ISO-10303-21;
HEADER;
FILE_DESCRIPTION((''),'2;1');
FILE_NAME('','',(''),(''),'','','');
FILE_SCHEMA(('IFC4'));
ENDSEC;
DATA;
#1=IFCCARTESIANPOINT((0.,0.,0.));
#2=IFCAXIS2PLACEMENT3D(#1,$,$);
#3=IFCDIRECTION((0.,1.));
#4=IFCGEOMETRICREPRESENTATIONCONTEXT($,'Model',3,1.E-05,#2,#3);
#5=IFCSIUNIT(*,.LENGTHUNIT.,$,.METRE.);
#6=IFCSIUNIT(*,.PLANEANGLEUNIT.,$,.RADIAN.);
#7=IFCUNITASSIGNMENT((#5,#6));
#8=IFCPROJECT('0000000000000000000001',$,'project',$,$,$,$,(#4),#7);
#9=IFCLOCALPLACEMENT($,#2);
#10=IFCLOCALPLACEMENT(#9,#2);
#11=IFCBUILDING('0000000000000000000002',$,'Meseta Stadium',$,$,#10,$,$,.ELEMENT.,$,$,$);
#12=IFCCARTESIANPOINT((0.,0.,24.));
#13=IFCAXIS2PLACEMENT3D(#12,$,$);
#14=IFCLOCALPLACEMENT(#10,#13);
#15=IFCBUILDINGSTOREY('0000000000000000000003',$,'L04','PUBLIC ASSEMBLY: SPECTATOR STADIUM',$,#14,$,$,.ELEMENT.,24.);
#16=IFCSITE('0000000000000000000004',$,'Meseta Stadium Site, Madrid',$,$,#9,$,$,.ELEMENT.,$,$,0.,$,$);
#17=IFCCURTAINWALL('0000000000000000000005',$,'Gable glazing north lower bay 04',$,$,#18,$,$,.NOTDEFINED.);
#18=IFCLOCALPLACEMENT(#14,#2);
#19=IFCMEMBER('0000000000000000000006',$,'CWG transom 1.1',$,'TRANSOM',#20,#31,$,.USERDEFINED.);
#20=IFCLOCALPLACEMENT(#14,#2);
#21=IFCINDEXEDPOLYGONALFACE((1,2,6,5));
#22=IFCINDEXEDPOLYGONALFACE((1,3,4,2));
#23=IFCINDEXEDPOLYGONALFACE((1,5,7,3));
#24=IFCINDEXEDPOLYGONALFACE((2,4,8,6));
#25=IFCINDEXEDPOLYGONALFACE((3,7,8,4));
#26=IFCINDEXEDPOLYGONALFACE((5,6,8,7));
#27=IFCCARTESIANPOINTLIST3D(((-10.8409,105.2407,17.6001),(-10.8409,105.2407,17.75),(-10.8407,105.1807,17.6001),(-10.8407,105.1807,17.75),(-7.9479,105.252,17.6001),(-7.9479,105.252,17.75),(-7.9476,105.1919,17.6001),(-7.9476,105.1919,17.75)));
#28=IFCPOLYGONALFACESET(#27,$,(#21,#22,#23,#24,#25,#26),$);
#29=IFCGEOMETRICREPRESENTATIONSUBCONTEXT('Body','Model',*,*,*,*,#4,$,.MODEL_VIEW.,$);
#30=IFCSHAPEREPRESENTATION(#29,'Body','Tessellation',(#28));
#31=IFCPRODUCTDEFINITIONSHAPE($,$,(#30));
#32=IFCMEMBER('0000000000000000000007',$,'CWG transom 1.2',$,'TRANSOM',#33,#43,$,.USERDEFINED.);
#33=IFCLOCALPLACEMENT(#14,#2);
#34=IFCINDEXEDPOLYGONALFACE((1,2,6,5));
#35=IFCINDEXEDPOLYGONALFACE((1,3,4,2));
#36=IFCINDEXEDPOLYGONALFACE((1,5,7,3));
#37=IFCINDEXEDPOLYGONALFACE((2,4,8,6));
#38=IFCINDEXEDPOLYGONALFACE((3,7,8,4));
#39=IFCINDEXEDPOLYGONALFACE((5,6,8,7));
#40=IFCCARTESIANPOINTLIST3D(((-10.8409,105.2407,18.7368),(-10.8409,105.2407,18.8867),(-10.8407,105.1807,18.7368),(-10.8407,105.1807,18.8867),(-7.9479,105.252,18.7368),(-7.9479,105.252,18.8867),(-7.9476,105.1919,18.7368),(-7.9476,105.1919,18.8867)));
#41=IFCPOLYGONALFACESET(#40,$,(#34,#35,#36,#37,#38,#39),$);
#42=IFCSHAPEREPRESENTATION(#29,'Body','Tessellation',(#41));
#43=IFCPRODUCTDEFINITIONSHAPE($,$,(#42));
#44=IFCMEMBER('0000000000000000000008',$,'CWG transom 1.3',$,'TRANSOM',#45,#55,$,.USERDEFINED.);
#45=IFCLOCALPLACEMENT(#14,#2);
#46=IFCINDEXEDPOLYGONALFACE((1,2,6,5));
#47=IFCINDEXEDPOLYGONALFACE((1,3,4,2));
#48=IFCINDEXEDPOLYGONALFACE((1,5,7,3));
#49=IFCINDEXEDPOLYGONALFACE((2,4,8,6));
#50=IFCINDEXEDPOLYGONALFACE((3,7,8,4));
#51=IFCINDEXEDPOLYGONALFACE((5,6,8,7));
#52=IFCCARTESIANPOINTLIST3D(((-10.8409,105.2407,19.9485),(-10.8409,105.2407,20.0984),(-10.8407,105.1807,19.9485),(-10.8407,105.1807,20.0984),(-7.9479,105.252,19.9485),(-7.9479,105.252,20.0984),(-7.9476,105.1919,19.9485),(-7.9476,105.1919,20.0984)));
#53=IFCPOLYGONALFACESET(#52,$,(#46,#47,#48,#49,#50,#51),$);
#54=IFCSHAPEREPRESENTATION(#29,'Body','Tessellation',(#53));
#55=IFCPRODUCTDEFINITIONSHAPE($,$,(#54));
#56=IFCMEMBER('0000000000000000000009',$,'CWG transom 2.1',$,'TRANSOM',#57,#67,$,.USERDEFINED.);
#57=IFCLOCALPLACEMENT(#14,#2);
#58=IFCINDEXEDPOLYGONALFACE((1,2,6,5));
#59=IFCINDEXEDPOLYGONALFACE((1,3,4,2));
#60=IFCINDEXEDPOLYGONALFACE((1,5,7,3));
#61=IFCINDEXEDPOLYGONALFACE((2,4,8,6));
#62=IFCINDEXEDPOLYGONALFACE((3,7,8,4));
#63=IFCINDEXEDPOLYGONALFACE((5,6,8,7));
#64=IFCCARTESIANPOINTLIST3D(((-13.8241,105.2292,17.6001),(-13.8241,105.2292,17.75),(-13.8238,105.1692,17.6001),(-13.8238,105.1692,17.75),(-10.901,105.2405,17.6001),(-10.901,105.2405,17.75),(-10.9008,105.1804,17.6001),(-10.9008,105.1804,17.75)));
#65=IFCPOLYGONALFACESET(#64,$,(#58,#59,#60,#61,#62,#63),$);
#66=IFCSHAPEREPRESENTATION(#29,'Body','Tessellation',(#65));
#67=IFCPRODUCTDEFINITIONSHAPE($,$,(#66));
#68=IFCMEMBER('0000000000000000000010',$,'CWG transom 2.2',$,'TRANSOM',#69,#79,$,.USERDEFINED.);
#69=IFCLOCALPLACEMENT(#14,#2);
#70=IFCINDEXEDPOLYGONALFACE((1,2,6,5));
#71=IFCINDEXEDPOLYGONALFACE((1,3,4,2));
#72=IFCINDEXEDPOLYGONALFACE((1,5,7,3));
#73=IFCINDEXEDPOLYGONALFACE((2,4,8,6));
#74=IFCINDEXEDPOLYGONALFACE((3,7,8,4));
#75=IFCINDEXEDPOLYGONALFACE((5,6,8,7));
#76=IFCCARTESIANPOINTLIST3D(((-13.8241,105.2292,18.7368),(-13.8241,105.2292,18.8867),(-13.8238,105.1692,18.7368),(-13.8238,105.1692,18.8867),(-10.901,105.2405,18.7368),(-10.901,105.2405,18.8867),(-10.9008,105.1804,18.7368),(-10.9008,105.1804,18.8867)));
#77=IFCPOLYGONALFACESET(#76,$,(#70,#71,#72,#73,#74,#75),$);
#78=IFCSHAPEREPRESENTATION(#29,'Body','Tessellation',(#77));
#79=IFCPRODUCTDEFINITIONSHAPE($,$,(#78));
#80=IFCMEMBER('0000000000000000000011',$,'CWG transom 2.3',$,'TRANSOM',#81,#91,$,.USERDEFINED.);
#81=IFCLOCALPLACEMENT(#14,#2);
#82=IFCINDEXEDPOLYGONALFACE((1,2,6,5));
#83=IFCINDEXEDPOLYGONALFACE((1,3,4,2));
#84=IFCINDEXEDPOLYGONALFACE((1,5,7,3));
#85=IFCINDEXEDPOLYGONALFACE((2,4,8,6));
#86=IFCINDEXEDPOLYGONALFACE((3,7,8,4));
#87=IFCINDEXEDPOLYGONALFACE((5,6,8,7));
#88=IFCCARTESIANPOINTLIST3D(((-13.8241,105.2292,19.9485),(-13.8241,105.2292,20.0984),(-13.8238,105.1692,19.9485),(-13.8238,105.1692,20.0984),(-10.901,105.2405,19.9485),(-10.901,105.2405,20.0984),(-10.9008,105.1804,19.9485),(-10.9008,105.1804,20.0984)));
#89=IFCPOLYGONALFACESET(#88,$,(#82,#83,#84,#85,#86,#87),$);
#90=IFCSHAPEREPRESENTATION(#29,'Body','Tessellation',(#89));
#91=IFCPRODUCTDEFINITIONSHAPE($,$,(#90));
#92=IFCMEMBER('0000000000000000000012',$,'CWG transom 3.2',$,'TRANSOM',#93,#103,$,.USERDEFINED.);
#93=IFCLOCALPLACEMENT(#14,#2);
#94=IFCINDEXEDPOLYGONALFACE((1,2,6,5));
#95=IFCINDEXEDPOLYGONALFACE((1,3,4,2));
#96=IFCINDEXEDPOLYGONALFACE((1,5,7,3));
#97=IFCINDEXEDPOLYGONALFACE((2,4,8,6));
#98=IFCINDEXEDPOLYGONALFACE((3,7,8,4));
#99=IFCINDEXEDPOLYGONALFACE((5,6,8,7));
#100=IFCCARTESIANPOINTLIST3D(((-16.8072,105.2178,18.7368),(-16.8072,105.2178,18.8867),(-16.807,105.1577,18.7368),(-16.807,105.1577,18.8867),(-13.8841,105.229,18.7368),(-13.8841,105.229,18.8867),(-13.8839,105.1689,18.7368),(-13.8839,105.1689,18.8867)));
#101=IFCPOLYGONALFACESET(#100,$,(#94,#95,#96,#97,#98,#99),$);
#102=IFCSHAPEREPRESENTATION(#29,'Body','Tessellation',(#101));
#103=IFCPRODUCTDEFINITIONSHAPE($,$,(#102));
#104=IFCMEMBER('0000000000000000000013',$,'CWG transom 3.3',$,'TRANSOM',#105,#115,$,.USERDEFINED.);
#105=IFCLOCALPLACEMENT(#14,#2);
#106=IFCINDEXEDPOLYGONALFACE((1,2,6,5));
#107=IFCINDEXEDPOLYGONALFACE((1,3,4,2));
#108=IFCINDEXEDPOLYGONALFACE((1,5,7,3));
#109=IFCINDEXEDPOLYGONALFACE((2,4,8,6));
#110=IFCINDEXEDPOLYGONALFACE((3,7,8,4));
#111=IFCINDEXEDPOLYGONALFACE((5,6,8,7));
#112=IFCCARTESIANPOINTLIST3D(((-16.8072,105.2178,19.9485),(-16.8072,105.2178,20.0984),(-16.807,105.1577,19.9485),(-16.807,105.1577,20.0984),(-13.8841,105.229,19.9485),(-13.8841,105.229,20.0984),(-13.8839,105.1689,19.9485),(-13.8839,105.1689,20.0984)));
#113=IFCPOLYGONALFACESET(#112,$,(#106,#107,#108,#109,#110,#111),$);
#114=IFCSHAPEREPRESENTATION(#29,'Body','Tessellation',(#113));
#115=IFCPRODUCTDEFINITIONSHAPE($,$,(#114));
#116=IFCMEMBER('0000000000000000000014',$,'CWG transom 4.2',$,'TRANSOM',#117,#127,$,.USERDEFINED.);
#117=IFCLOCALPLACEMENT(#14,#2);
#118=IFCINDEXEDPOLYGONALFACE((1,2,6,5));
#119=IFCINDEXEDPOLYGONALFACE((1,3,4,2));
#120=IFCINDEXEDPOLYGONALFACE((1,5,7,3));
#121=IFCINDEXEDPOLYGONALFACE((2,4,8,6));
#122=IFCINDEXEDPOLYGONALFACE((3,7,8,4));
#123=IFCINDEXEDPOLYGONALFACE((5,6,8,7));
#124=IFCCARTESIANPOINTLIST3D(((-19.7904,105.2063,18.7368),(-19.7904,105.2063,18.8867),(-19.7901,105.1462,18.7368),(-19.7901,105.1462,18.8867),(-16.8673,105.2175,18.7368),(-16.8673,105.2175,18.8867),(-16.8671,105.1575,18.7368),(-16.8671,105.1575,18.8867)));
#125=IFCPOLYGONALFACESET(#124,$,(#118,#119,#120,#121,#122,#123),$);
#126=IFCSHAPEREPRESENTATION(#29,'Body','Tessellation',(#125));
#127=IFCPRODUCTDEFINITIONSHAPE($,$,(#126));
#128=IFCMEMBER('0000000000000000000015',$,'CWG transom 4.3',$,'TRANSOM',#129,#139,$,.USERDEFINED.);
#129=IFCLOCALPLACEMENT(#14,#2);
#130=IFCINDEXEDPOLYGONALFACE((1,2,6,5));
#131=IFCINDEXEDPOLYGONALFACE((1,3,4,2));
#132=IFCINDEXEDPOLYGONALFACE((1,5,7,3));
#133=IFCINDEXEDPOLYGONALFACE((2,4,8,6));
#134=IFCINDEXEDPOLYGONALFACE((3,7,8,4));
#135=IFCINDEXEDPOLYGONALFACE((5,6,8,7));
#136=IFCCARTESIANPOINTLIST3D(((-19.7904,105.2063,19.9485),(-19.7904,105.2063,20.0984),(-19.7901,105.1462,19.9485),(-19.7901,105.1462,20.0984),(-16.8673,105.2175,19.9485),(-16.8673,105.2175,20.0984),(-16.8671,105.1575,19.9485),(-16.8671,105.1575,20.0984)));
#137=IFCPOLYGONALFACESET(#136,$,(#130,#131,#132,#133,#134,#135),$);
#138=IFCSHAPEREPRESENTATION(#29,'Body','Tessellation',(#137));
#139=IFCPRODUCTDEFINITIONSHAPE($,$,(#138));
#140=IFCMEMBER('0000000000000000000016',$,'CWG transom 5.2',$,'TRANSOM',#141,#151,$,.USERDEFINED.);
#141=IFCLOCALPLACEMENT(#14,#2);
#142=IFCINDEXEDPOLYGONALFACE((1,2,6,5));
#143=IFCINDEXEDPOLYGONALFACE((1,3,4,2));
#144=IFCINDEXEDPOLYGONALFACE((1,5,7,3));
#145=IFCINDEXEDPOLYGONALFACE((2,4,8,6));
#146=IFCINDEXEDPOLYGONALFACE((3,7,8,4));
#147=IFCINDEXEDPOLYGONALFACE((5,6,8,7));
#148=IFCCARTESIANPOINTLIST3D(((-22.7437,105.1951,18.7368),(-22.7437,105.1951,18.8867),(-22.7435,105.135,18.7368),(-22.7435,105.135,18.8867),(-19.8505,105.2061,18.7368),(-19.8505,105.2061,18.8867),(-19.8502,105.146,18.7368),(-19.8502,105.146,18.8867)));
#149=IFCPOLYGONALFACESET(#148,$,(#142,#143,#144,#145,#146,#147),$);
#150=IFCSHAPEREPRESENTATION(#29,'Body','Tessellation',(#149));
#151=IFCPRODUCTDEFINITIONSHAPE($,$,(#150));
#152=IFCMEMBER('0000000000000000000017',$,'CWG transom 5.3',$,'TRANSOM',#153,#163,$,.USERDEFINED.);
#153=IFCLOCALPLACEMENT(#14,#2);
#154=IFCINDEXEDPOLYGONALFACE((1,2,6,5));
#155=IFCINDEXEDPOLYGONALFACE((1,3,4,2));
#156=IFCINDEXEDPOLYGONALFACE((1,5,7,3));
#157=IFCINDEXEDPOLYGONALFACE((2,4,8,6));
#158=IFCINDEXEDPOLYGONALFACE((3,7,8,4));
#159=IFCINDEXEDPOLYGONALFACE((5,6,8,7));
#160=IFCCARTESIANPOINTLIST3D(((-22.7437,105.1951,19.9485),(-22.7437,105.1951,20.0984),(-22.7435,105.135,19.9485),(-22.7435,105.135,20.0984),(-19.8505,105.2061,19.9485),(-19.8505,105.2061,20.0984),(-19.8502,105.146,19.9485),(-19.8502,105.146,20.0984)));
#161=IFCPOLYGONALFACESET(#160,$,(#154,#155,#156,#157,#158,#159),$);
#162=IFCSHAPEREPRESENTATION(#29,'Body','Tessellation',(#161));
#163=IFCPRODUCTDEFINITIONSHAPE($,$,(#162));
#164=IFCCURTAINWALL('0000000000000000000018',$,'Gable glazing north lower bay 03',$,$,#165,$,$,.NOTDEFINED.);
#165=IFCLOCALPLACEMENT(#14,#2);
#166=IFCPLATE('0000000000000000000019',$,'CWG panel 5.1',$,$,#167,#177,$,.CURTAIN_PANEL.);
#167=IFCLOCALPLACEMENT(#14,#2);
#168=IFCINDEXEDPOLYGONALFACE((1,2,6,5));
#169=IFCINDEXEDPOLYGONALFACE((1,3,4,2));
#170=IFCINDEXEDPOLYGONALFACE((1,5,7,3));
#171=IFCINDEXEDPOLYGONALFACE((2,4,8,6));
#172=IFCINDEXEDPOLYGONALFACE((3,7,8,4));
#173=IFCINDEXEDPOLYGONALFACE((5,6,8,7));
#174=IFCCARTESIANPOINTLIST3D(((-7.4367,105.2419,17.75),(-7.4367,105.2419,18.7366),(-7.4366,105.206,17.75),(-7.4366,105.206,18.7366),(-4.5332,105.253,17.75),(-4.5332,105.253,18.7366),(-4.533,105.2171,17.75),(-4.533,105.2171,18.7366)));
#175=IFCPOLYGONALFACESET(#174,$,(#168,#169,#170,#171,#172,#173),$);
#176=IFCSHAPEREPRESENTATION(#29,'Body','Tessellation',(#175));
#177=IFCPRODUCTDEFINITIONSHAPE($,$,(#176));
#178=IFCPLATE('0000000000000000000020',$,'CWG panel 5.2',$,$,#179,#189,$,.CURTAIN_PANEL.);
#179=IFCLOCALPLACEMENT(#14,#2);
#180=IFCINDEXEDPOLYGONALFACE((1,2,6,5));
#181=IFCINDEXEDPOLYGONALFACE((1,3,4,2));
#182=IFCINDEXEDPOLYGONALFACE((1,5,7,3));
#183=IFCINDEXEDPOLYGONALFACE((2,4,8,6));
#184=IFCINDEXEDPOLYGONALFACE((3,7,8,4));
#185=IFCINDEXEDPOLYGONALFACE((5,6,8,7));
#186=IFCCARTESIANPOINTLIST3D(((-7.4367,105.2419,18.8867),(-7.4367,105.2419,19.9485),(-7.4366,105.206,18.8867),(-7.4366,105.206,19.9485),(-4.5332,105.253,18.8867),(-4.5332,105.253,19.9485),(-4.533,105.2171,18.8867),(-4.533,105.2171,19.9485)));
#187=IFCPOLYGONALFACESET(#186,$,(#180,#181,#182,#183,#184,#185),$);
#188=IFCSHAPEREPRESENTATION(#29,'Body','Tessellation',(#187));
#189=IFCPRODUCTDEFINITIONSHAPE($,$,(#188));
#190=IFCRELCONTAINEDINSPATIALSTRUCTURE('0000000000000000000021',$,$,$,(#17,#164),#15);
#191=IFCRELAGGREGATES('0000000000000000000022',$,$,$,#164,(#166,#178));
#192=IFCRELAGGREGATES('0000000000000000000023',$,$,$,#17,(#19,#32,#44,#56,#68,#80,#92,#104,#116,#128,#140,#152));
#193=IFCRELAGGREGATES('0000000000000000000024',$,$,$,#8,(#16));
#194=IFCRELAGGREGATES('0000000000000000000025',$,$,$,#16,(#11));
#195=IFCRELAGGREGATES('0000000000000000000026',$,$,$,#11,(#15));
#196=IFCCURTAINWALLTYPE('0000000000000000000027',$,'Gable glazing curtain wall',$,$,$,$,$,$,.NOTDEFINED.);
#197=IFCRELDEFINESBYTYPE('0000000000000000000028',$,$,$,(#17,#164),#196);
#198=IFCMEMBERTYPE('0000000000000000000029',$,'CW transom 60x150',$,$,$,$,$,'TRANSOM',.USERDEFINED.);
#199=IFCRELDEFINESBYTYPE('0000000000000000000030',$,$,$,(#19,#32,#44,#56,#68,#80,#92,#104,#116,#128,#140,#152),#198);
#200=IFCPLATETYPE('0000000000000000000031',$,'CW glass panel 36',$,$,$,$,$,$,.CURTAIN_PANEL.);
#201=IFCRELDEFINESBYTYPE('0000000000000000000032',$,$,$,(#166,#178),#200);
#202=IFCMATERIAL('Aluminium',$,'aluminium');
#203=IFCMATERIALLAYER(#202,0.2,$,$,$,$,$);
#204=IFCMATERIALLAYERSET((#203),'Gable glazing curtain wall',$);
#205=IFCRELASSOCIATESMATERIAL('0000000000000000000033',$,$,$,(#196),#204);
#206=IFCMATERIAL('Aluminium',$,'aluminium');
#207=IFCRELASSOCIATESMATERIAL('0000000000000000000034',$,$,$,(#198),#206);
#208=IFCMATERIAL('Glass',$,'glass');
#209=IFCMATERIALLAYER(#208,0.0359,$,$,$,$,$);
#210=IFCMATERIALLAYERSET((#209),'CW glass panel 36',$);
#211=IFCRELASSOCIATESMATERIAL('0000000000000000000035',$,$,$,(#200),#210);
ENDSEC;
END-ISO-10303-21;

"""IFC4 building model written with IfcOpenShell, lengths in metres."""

from ifc_helpers import new_model, si_unit, direction, frame, origin, origin_2d, place, context, subcontext, project, spatial, rectangle, extrude, material, layer, layer_set, material_profile, profile_set, type_object, element, aggregate, save


model = new_model("IFC4")

# Units and contexts
model_context = context("Model", 3, precision=1e-05, world=origin(), true_north=direction((0.0, 1.0)))
body_context = subcontext(model_context, "Body", "Model", "MODEL_VIEW")
ifc_project = project(units=[si_unit("LENGTHUNIT", "METRE"), si_unit("PLANEANGLEUNIT", "RADIAN")], contexts=[model_context])

# Site, building, storey
site_placement = place(None, origin())
site = spatial("IfcSite", under=ifc_project, at=site_placement, Name="Meseta Stadium Site, Madrid", CompositionType="ELEMENT", RefElevation=0.0)
building_placement = place(site_placement, origin())
building = spatial("IfcBuilding", under=site, at=building_placement, Name="Meseta Stadium", CompositionType="ELEMENT")
storey_placement = place(building_placement, frame((0.0, 0.0, 24.0)))
storey = spatial("IfcBuildingStorey", under=building, at=storey_placement, Name="L04", Description="PUBLIC ASSEMBLY: SPECTATOR STADIUM", CompositionType="ELEMENT", Elevation=24.0)

# Curtain wall, members
ifc_material_1 = material(Name="Aluminium", Category="aluminium")
ifc_layer_1 = layer(ifc_material_1, 0.2)
ifc_layer_set_1 = layer_set([ifc_layer_1], Name="Gable glazing curtain wall")
curtain_wall_type = type_object("IfcCurtainWallType", Name="Gable glazing curtain wall", PredefinedType="NOTDEFINED", material=ifc_layer_set_1)
curtain_wall_1_placement = place(storey_placement, origin())
curtain_wall_1 = element("IfcCurtainWall", 1, at=curtain_wall_1_placement, inside=storey, type_object=curtain_wall_type, Name="Gable glazing north lower bay 04", PredefinedType="NOTDEFINED")
ifc_material_2 = material(Name="Aluminium", Category="aluminium")
ifc_material_profile = material_profile(ifc_material_2, rectangle(XDim=0.0601, YDim=0.1499, at=origin_2d()), Name="CW 60x150")
ifc_profile_set = profile_set([ifc_material_profile], Name="Aluminium")
member_type = type_object("IfcMemberType", Name="CW transom 60x150", ElementType="TRANSOM", PredefinedType="USERDEFINED", material=ifc_profile_set)
member_1_placement = place(storey_placement, frame((-7.9478, 105.2219, 17.675), z_axis=(-0.999992, -0.003882, 0.0), x_axis=(0.003882, -0.999992, 0.0)))
member_1 = element("IfcMember", 2, at=member_1_placement, type_object=member_type, Name="CWG transom 1.1", ObjectType="TRANSOM", PredefinedType="USERDEFINED", context=body_context, shape_type="SweptSolid", body=[
    extrude(rectangle(XDim=0.0601, YDim=0.1499, at=origin_2d()), origin(), (0.0, 0.0, 1.0), 2.8931),
])
member_2_placement = place(storey_placement, frame((-7.9478, 105.2219, 18.8118), z_axis=(-0.999992, -0.003882, 0.0), x_axis=(0.003882, -0.999992, 0.0)))
member_2 = element("IfcMember", 3, at=member_2_placement, type_object=member_type, Name="CWG transom 1.2", ObjectType="TRANSOM", PredefinedType="USERDEFINED", context=body_context, shape_type="SweptSolid", body=[
    extrude(rectangle(XDim=0.0601, YDim=0.1499, at=origin_2d()), origin(), (0.0, 0.0, 1.0), 2.8931),
])
member_3_placement = place(storey_placement, frame((-7.9478, 105.2219, 20.0234), z_axis=(-0.999992, -0.003882, 0.0), x_axis=(0.003882, -0.999992, 0.0)))
member_3 = element("IfcMember", 4, at=member_3_placement, type_object=member_type, Name="CWG transom 1.3", ObjectType="TRANSOM", PredefinedType="USERDEFINED", context=body_context, shape_type="SweptSolid", body=[
    extrude(rectangle(XDim=0.0601, YDim=0.1499, at=origin_2d()), origin(), (0.0, 0.0, 1.0), 2.8931),
])
member_4_placement = place(storey_placement, frame((-10.9009, 105.2104, 17.675), z_axis=(-0.999993, -0.003842, 0.0), x_axis=(0.003842, -0.999993, 0.0)))
member_4 = element("IfcMember", 5, at=member_4_placement, type_object=member_type, Name="CWG transom 2.1", ObjectType="TRANSOM", PredefinedType="USERDEFINED", context=body_context, shape_type="SweptSolid", body=[
    extrude(rectangle(XDim=0.0601, YDim=0.1499, at=origin_2d()), origin(), (0.0, 0.0, 1.0), 2.9231),
])
member_5_placement = place(storey_placement, frame((-10.9009, 105.2104, 18.8118), z_axis=(-0.999993, -0.003842, 0.0), x_axis=(0.003842, -0.999993, 0.0)))
member_5 = element("IfcMember", 6, at=member_5_placement, type_object=member_type, Name="CWG transom 2.2", ObjectType="TRANSOM", PredefinedType="USERDEFINED", context=body_context, shape_type="SweptSolid", body=[
    extrude(rectangle(XDim=0.0601, YDim=0.1499, at=origin_2d()), origin(), (0.0, 0.0, 1.0), 2.9231),
])
member_6_placement = place(storey_placement, frame((-10.9009, 105.2104, 20.0234), z_axis=(-0.999993, -0.003842, 0.0), x_axis=(0.003842, -0.999993, 0.0)))
member_6 = element("IfcMember", 7, at=member_6_placement, type_object=member_type, Name="CWG transom 2.3", ObjectType="TRANSOM", PredefinedType="USERDEFINED", context=body_context, shape_type="SweptSolid", body=[
    extrude(rectangle(XDim=0.0601, YDim=0.1499, at=origin_2d()), origin(), (0.0, 0.0, 1.0), 2.9231),
])
member_7_placement = place(storey_placement, frame((-13.884, 105.199, 18.8118), z_axis=(-0.999993, -0.003842, 0.0), x_axis=(0.003842, -0.999993, 0.0)))
member_7 = element("IfcMember", 8, at=member_7_placement, type_object=member_type, Name="CWG transom 3.2", ObjectType="TRANSOM", PredefinedType="USERDEFINED", context=body_context, shape_type="SweptSolid", body=[
    extrude(rectangle(XDim=0.0601, YDim=0.1499, at=origin_2d()), origin(), (0.0, 0.0, 1.0), 2.9231),
])
member_8_placement = place(storey_placement, frame((-13.884, 105.199, 20.0234), z_axis=(-0.999993, -0.003842, 0.0), x_axis=(0.003842, -0.999993, 0.0)))
member_8 = element("IfcMember", 9, at=member_8_placement, type_object=member_type, Name="CWG transom 3.3", ObjectType="TRANSOM", PredefinedType="USERDEFINED", context=body_context, shape_type="SweptSolid", body=[
    extrude(rectangle(XDim=0.0601, YDim=0.1499, at=origin_2d()), origin(), (0.0, 0.0, 1.0), 2.9231),
])
member_9_placement = place(storey_placement, frame((-16.8672, 105.1875, 18.8118), z_axis=(-0.999993, -0.003842, 0.0), x_axis=(0.003842, -0.999993, 0.0)))
member_9 = element("IfcMember", 10, at=member_9_placement, type_object=member_type, Name="CWG transom 4.2", ObjectType="TRANSOM", PredefinedType="USERDEFINED", context=body_context, shape_type="SweptSolid", body=[
    extrude(rectangle(XDim=0.0601, YDim=0.1499, at=origin_2d()), origin(), (0.0, 0.0, 1.0), 2.9231),
])
member_10_placement = place(storey_placement, frame((-16.8672, 105.1875, 20.0234), z_axis=(-0.999993, -0.003842, 0.0), x_axis=(0.003842, -0.999993, 0.0)))
member_10 = element("IfcMember", 11, at=member_10_placement, type_object=member_type, Name="CWG transom 4.3", ObjectType="TRANSOM", PredefinedType="USERDEFINED", context=body_context, shape_type="SweptSolid", body=[
    extrude(rectangle(XDim=0.0601, YDim=0.1499, at=origin_2d()), origin(), (0.0, 0.0, 1.0), 2.9231),
])
member_11_placement = place(storey_placement, frame((-19.8503, 105.176, 18.8118), z_axis=(-0.999993, -0.003797, 0.0), x_axis=(0.003797, -0.999993, 0.0)))
member_11 = element("IfcMember", 12, at=member_11_placement, type_object=member_type, Name="CWG transom 5.2", ObjectType="TRANSOM", PredefinedType="USERDEFINED", context=body_context, shape_type="SweptSolid", body=[
    extrude(rectangle(XDim=0.0601, YDim=0.1499, at=origin_2d()), origin(), (0.0, 0.0, 1.0), 2.8933),
])
member_12_placement = place(storey_placement, frame((-19.8503, 105.176, 20.0234), z_axis=(-0.999993, -0.003797, 0.0), x_axis=(0.003797, -0.999993, 0.0)))
member_12 = element("IfcMember", 13, at=member_12_placement, type_object=member_type, Name="CWG transom 5.3", ObjectType="TRANSOM", PredefinedType="USERDEFINED", context=body_context, shape_type="SweptSolid", body=[
    extrude(rectangle(XDim=0.0601, YDim=0.1499, at=origin_2d()), origin(), (0.0, 0.0, 1.0), 2.8933),
])

# Curtain wall, plates
curtain_wall_2_placement = place(storey_placement, origin())
curtain_wall_2 = element("IfcCurtainWall", 14, at=curtain_wall_2_placement, inside=storey, type_object=curtain_wall_type, Name="Gable glazing north lower bay 03", PredefinedType="NOTDEFINED")
ifc_material_3 = material(Name="Glass", Category="glass")
ifc_layer_2 = layer(ifc_material_3, 0.0359)
ifc_layer_set_2 = layer_set([ifc_layer_2], Name="CW glass panel 36")
plate_type = type_object("IfcPlateType", Name="CW glass panel 36", PredefinedType="CURTAIN_PANEL", material=ifc_layer_set_2)
plate_1_placement = place(storey_placement, frame((-5.9849, 105.2295, 17.75), z_axis=(0.0, 0.0, 1.0), x_axis=(-0.999993, -0.003848, 0.0)))
plate_1 = element("IfcPlate", 15, at=plate_1_placement, type_object=plate_type, Name="CWG panel 5.1", PredefinedType="CURTAIN_PANEL", context=body_context, shape_type="SweptSolid", body=[
    extrude(rectangle(XDim=2.9036, YDim=0.0359, at=origin_2d()), origin(), (0.0, 0.0, 1.0), 0.9866),
])
plate_2_placement = place(storey_placement, frame((-5.9849, 105.2295, 18.8867), z_axis=(0.0, 0.0, 1.0), x_axis=(-0.999993, -0.003848, 0.0)))
plate_2 = element("IfcPlate", 16, at=plate_2_placement, type_object=plate_type, Name="CWG panel 5.2", PredefinedType="CURTAIN_PANEL", context=body_context, shape_type="SweptSolid", body=[
    extrude(rectangle(XDim=2.9036, YDim=0.0359, at=origin_2d()), origin(), (0.0, 0.0, 1.0), 1.0618),
])
aggregate(curtain_wall_2, [plate_1, plate_2])

aggregate(curtain_wall_1, [member_1, member_2, member_3, member_4, member_5, member_6, member_7, member_8, member_9, member_10, member_11, member_12])

save(model, "model.ifc")
